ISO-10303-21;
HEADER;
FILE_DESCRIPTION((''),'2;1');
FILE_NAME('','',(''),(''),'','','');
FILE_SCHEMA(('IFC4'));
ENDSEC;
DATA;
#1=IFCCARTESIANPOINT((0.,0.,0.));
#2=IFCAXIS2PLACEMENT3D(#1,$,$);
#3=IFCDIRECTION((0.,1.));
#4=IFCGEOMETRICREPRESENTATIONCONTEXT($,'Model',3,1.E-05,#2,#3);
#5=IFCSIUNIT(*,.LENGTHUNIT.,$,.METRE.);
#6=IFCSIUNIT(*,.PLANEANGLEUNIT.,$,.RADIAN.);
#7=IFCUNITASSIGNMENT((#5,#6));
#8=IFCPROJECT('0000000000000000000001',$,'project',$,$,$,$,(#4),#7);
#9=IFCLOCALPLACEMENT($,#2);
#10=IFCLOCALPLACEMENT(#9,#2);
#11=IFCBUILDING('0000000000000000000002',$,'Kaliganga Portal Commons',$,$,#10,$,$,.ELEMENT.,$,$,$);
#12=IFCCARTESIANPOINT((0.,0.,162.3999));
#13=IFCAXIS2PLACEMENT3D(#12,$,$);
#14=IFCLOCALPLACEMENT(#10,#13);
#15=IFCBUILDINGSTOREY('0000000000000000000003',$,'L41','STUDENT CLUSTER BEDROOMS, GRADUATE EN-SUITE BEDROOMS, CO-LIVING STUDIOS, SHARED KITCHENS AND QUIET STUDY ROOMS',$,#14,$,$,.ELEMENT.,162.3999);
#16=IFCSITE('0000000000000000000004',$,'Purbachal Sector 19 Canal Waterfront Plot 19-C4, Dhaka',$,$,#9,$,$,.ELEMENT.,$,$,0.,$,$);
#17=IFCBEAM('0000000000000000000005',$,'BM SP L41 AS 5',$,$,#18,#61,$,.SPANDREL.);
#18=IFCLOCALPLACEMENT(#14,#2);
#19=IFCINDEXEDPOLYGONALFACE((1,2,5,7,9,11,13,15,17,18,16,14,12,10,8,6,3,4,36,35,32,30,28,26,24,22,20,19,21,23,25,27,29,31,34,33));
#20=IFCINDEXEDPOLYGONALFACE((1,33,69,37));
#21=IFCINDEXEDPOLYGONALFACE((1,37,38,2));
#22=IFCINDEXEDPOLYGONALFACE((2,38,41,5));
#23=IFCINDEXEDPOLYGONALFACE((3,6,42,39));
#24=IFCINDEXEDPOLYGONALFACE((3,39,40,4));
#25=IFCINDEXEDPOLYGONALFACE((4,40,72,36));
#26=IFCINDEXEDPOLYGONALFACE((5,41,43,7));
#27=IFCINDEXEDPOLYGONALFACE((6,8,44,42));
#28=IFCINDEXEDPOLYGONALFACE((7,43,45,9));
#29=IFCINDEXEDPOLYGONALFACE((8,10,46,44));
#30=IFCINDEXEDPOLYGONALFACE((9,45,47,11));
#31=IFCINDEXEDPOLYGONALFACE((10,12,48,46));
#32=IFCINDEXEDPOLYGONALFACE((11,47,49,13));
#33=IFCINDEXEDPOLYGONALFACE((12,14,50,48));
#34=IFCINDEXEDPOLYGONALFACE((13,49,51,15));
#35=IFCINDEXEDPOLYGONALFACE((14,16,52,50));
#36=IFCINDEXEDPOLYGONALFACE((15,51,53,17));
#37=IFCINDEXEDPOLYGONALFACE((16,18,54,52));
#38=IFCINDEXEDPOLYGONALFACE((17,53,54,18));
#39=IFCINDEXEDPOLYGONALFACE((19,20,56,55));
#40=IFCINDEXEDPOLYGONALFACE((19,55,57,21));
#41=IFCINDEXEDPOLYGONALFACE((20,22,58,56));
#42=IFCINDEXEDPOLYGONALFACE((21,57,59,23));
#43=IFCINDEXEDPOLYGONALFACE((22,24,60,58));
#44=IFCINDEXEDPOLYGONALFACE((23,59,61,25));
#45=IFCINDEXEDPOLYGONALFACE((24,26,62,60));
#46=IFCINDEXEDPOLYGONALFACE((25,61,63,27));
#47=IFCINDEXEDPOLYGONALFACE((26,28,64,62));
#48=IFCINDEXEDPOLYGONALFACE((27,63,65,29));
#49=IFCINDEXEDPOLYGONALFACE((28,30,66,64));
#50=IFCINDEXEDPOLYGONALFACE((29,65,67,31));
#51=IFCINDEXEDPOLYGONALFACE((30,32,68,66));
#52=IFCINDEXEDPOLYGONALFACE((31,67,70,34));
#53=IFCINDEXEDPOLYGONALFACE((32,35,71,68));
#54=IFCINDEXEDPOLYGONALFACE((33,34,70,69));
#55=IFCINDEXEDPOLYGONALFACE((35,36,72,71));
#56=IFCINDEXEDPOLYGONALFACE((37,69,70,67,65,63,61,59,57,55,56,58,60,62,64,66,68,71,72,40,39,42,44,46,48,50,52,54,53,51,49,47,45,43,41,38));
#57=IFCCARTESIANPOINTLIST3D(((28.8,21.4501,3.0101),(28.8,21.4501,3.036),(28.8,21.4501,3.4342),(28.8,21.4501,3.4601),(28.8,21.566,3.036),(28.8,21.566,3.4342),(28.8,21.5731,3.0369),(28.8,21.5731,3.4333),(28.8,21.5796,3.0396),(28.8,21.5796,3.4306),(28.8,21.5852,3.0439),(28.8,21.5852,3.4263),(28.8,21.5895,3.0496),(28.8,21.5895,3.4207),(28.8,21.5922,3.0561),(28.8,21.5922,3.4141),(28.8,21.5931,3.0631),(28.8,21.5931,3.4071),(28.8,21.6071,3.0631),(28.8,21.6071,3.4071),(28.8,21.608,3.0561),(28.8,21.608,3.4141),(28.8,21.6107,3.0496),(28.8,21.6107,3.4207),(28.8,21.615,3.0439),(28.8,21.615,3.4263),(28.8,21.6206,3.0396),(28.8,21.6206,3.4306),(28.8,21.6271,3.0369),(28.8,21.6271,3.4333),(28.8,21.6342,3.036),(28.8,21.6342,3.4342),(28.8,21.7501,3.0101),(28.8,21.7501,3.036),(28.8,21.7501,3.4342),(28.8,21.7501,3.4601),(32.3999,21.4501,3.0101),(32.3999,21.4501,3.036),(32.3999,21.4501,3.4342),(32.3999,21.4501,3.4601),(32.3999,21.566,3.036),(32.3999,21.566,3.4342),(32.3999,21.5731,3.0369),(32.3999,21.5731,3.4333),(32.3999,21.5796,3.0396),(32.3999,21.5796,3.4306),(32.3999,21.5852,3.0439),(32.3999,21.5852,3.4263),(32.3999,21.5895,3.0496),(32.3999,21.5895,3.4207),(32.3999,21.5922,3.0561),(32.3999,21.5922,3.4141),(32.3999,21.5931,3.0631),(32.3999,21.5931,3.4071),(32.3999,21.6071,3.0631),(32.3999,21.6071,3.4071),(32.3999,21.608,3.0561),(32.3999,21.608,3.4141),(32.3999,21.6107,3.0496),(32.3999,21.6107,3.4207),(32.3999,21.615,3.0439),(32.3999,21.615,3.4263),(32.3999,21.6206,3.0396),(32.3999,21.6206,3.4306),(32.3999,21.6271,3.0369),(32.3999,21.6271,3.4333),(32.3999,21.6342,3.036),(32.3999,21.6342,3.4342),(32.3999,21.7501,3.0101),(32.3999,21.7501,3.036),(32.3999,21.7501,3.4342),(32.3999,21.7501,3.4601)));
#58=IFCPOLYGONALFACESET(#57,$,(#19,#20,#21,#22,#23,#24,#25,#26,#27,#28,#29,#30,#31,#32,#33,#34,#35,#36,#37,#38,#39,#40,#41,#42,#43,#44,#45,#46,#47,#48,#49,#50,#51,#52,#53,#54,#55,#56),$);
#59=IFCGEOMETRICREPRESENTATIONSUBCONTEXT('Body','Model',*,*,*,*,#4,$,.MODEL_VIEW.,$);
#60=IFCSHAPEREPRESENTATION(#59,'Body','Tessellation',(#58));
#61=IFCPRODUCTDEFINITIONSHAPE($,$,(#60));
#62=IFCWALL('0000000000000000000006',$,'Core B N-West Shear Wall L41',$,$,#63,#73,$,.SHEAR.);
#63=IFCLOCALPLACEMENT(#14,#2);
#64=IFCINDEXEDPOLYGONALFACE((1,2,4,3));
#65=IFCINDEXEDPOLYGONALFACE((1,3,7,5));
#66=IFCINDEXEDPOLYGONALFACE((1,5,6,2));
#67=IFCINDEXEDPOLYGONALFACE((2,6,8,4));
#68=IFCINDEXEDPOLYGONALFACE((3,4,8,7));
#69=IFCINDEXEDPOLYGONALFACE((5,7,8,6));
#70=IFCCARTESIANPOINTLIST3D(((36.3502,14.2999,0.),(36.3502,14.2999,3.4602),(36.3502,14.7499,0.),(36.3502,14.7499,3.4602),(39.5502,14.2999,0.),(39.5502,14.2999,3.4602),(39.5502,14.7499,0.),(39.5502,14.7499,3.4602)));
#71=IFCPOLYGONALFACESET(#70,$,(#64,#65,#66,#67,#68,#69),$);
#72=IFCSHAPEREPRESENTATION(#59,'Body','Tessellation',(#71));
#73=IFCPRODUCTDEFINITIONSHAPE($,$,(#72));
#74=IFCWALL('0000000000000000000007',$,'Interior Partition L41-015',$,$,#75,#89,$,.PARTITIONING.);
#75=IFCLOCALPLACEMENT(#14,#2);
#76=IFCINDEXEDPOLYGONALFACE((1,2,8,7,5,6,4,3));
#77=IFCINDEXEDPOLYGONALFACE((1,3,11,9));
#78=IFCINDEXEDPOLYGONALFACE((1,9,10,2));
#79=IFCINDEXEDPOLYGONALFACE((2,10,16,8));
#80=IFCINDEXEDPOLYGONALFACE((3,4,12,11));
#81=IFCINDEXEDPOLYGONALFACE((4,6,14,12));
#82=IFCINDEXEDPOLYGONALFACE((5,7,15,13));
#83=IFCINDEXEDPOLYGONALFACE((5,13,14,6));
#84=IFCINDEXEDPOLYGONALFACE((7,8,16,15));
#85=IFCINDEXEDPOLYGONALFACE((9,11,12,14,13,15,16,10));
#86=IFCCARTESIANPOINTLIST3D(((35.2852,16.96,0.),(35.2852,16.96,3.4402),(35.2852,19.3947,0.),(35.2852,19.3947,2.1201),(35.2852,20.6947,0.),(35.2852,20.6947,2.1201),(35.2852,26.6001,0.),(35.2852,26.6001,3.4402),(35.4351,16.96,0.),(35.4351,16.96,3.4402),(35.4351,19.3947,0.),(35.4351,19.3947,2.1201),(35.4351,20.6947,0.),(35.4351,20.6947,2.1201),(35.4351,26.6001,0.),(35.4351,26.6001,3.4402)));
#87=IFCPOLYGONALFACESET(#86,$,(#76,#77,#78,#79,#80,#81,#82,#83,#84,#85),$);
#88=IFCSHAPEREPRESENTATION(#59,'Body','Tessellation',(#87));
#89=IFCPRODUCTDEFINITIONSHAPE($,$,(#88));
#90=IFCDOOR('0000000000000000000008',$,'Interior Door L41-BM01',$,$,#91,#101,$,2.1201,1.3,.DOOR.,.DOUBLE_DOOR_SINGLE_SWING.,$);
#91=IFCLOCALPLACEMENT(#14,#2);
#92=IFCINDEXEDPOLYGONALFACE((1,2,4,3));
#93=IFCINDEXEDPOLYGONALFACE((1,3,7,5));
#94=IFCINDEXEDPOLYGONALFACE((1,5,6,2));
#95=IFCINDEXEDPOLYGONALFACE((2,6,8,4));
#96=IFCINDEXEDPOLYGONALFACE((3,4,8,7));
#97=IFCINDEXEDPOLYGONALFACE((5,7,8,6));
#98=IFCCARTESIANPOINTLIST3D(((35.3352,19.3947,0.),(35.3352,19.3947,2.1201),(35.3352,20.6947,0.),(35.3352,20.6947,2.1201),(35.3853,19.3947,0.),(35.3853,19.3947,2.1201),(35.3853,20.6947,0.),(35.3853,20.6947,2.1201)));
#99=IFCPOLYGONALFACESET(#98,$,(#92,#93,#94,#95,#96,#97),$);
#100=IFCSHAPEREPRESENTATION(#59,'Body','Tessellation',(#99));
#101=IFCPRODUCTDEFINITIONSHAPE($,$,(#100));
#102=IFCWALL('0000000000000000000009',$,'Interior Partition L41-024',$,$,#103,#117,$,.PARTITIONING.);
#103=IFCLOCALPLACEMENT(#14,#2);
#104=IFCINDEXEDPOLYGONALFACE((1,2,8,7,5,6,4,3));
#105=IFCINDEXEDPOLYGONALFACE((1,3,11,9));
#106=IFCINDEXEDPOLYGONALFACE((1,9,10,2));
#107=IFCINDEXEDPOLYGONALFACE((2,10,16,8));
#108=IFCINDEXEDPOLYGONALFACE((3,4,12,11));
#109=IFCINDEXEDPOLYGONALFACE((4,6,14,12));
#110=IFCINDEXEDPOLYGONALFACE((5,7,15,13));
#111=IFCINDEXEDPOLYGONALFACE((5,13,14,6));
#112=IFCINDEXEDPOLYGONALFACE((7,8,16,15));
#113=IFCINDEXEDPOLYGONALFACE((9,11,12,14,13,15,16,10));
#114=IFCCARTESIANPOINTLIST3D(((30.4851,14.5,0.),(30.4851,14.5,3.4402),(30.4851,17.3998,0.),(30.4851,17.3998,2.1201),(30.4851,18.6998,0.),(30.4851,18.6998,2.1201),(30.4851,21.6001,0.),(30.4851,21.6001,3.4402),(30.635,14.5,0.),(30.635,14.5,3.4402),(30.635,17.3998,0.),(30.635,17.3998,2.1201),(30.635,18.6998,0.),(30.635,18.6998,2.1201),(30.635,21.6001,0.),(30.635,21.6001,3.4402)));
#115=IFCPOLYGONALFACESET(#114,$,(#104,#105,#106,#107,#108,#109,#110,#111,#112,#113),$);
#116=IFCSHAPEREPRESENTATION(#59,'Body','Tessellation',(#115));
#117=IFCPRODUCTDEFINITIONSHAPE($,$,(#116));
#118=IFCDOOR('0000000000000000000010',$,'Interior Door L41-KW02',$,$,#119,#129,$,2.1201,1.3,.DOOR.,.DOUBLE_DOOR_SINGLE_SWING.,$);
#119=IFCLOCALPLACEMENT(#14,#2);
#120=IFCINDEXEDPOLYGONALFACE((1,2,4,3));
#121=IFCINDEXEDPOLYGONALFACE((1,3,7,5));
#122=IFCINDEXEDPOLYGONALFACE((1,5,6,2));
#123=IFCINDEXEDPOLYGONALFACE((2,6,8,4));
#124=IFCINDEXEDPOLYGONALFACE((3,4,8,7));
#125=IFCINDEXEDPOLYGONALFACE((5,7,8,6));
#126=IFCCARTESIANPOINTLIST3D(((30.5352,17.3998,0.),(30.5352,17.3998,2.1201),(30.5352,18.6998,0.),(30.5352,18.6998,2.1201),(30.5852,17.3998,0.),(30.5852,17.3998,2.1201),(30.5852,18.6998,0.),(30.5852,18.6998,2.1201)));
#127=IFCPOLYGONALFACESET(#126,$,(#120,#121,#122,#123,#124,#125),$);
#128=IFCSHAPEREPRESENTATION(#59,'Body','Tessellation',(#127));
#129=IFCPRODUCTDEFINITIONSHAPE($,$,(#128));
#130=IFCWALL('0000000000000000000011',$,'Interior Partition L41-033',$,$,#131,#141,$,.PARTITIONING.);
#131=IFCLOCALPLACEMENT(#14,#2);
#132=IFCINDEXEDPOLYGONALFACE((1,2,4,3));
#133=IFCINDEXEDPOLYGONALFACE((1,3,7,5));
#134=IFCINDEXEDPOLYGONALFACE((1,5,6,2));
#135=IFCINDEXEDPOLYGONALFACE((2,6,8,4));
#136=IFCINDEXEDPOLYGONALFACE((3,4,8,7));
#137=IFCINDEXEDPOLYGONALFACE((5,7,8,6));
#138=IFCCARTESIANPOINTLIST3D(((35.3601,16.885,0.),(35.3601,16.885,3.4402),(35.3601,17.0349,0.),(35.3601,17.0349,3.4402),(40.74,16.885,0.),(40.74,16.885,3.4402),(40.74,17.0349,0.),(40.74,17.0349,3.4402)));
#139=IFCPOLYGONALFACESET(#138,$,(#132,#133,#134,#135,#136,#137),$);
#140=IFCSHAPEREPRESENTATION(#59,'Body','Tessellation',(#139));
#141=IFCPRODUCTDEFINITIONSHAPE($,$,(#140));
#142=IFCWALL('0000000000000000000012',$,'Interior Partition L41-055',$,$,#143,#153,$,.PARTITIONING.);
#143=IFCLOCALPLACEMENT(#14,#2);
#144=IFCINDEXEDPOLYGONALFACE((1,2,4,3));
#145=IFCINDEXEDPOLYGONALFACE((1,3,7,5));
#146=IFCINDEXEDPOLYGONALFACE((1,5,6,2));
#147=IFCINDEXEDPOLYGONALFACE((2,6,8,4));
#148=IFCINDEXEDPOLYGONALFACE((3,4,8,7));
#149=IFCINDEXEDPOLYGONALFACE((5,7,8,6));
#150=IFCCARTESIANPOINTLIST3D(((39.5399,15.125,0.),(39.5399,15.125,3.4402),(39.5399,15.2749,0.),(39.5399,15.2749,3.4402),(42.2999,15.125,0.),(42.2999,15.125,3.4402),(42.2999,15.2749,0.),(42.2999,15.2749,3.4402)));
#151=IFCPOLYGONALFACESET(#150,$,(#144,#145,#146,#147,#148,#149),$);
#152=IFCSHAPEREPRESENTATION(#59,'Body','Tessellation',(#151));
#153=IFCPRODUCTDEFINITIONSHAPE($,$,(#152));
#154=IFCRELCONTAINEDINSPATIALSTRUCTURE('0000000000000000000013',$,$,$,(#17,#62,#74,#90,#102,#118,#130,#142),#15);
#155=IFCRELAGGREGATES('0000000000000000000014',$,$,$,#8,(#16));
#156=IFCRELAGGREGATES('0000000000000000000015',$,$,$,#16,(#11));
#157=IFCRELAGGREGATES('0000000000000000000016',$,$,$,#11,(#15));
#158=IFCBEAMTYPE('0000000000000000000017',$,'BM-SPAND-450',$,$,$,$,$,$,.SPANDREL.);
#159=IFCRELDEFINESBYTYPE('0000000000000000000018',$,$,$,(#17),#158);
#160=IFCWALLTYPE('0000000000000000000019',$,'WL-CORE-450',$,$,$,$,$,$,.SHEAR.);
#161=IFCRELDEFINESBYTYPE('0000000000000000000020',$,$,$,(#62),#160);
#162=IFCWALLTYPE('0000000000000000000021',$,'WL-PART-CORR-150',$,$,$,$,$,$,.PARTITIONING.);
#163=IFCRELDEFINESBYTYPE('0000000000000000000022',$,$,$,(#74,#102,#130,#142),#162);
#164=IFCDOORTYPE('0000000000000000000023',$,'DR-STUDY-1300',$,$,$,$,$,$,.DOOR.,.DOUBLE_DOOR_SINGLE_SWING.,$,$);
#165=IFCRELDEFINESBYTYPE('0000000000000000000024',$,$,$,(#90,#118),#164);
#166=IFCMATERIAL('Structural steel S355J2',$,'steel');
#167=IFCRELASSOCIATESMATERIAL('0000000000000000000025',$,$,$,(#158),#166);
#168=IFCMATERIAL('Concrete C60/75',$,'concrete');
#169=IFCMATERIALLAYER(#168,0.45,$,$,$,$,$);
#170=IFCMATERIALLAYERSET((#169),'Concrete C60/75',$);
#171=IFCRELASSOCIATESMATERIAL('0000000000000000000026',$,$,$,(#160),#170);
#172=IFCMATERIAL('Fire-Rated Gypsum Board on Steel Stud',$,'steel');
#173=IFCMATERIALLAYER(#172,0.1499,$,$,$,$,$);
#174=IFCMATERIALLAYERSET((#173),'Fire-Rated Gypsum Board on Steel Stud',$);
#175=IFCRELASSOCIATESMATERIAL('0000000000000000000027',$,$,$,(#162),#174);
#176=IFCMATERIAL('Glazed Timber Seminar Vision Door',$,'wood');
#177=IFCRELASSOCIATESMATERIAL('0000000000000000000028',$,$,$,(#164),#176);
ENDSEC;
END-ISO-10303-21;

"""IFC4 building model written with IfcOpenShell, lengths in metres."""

from ifc_helpers import new_model, si_unit, direction, frame, frame_2d, origin, origin_2d, place, context, subcontext, project, spatial, rectangle, i_section, extrude, source, transform, mapped, material, layer, layer_set, material_profile, profile_set, type_object, element, fill, save


model = new_model("IFC4")

# Units and contexts
model_context = context("Model", 3, precision=1e-05, world=origin(), true_north=direction((0.0, 1.0)))
body_context = subcontext(model_context, "Body", "Model", "MODEL_VIEW")
ifc_project = project(units=[si_unit("LENGTHUNIT", "METRE"), si_unit("PLANEANGLEUNIT", "RADIAN")], contexts=[model_context])

# Site, building, storey
site_placement = place(None, origin())
site = spatial("IfcSite", under=ifc_project, at=site_placement, Name="Purbachal Sector 19 Canal Waterfront Plot 19-C4, Dhaka", CompositionType="ELEMENT", RefElevation=0.0)
building_placement = place(site_placement, origin())
building = spatial("IfcBuilding", under=site, at=building_placement, Name="Kaliganga Portal Commons", CompositionType="ELEMENT")
storey_placement = place(building_placement, frame((0.0, 0.0, 162.3999)))
storey = spatial("IfcBuildingStorey", under=building, at=storey_placement, Name="L41", Description="STUDENT CLUSTER BEDROOMS, GRADUATE EN-SUITE BEDROOMS, CO-LIVING STUDIOS, SHARED KITCHENS AND QUIET STUDY ROOMS", CompositionType="ELEMENT", Elevation=162.3999)

# Shared definitions
ifc_material_1 = material(Name="Concrete C60/75", Category="concrete")

# Beam
ifc_material_2 = material(Name="Structural steel S355J2", Category="steel")
ifc_material_profile_1 = material_profile(ifc_material_2, i_section(OverallWidth=0.3, OverallDepth=0.45, WebThickness=0.0139, FlangeThickness=0.0259, FilletRadius=0.0271, at=origin_2d()), Name="HE 450 B")
ifc_profile_set_1 = profile_set([ifc_material_profile_1], Name="Structural steel S355J2 wide-flange")
beam_type_1 = type_object("IfcBeamType", Name="BM-SPAND-450", PredefinedType="SPANDREL", material=ifc_profile_set_1)
shared_shape_1 = source(origin(), body_context, "Body", "SweptSolid", [
    extrude(i_section(OverallWidth=0.3, OverallDepth=0.45, WebThickness=0.0139, FlangeThickness=0.0259, FilletRadius=0.0271, at=origin_2d()), origin(), (0.0, 0.0, 1.0), 3.5999),
])
beam_1_placement = place(storey_placement, frame((28.8, 21.6001, 3.2351), z_axis=(1.0, 0.0, 0.0), x_axis=(0.0, 1.0, 0.0)))
element("IfcBeam", 1, at=beam_1_placement, inside=storey, type_object=beam_type_1, Name="BM SP L41 AS 5", PredefinedType="SPANDREL", context=body_context, shape_type="MappedRepresentation", body=[
    mapped(shared_shape_1, transform((0.0, 0.0, 0.0), x_axis=(1.0, 0.0, 0.0), y_axis=(0.0, 1.0, 0.0), z_axis=(0.0, 0.0, 1.0), scale=1.0)),
])

# Wall
ifc_layer_1 = layer(ifc_material_1, 0.45)
ifc_layer_set_1 = layer_set([ifc_layer_1], Name="Concrete C60/75")
wall_type_1 = type_object("IfcWallType", Name="WL-CORE-450", PredefinedType="SHEAR", material=ifc_layer_set_1)
wall_1_placement = place(storey_placement, frame((36.3501, 14.5249, 0.0), z_axis=(0.0, 0.0, 1.0), x_axis=(1.0, 0.0, 0.0)))
element("IfcWall", 2, at=wall_1_placement, inside=storey, type_object=wall_type_1, Name="Core B N-West Shear Wall L41", PredefinedType="SHEAR", context=body_context, shape_type="SweptSolid", body=[
    extrude(rectangle(XDim=3.2, YDim=0.45, at=frame_2d((1.6001, 0.0))), origin(), (0.0, 0.0, 1.0), 3.4602),
])

# Walls, openings, doors
ifc_material_3 = material(Name="Fire-Rated Gypsum Board on Steel Stud", Category="steel")
ifc_layer_2 = layer(ifc_material_3, 0.1499)
ifc_layer_set_2 = layer_set([ifc_layer_2], Name="Fire-Rated Gypsum Board on Steel Stud")
wall_type_2 = type_object("IfcWallType", Name="WL-PART-CORR-150", PredefinedType="PARTITIONING", material=ifc_layer_set_2)
wall_2_placement = place(storey_placement, frame((35.3601, 16.96, 0.0), z_axis=(0.0, 0.0, 1.0), x_axis=(0.0, 1.0, 0.0)))
wall_2 = element("IfcWall", 3, at=wall_2_placement, inside=storey, type_object=wall_type_2, Name="Interior Partition L41-015", PredefinedType="PARTITIONING", context=body_context, shape_type="SweptSolid", body=[
    extrude(rectangle(XDim=9.6401, YDim=0.1499, at=frame_2d((4.8201, 0.0))), origin(), (0.0, 0.0, 1.0), 3.4402),
])
opening_1_placement = place(wall_2_placement, frame((2.4348, 0.0, 0.0)))
opening_1 = element("IfcOpeningElement", 4, at=opening_1_placement, cuts=wall_2, PredefinedType="OPENING", context=body_context, shape_type="SweptSolid", body=[
    extrude(rectangle(XDim=1.3, YDim=2.1201, at=frame_2d((0.6499, 1.0601))), frame((0.0, 0.085, 0.0), z_axis=(0.0, -1.0, 0.0), x_axis=(1.0, 0.0, 0.0)), (0.0, 0.0, 1.0), 0.1699),
])
ifc_material_4 = material(Name="Glazed Timber Seminar Vision Door", Category="wood")
door_type_1 = type_object("IfcDoorType", Name="DR-STUDY-1300", OperationType="DOUBLE_DOOR_SINGLE_SWING", PredefinedType="DOOR", material=ifc_material_4)
door_1_placement = place(opening_1_placement, origin())
door_1 = element("IfcDoor", 5, at=door_1_placement, inside=storey, type_object=door_type_1, Name="Interior Door L41-BM01", OperationType="DOUBLE_DOOR_SINGLE_SWING", OverallHeight=2.1201, OverallWidth=1.3, PredefinedType="DOOR", context=body_context, shape_type="SweptSolid", body=[
    extrude(rectangle(XDim=1.3, YDim=2.1201, at=frame_2d((0.6499, 1.0601))), frame((0.0, 0.0249, 0.0), z_axis=(0.0, -1.0, 0.0), x_axis=(1.0, 0.0, 0.0)), (0.0, 0.0, 1.0), 0.05),
])
fill(opening_1, door_1)
wall_3_placement = place(storey_placement, frame((30.5601, 14.5, 0.0), z_axis=(0.0, 0.0, 1.0), x_axis=(0.0, 1.0, 0.0)))
wall_3 = element("IfcWall", 6, at=wall_3_placement, inside=storey, type_object=wall_type_2, Name="Interior Partition L41-024", PredefinedType="PARTITIONING", context=body_context, shape_type="SweptSolid", body=[
    extrude(rectangle(XDim=7.1001, YDim=0.1499, at=frame_2d((3.55, 0.0))), origin(), (0.0, 0.0, 1.0), 3.4402),
])
opening_2_placement = place(wall_3_placement, frame((2.8999, 0.0, 0.0)))
opening_2 = element("IfcOpeningElement", 7, at=opening_2_placement, cuts=wall_3, PredefinedType="OPENING", context=body_context, shape_type="SweptSolid", body=[
    extrude(rectangle(XDim=1.3, YDim=2.1201, at=frame_2d((0.6499, 1.0601))), frame((0.0, 0.085, 0.0), z_axis=(0.0, -1.0, 0.0), x_axis=(1.0, 0.0, 0.0)), (0.0, 0.0, 1.0), 0.1699),
])
door_2_placement = place(opening_2_placement, origin())
door_2 = element("IfcDoor", 8, at=door_2_placement, inside=storey, type_object=door_type_1, Name="Interior Door L41-KW02", OperationType="DOUBLE_DOOR_SINGLE_SWING", OverallHeight=2.1201, OverallWidth=1.3, PredefinedType="DOOR", context=body_context, shape_type="SweptSolid", body=[
    extrude(rectangle(XDim=1.3, YDim=2.1201, at=frame_2d((0.6499, 1.0601))), frame((0.0, 0.0249, 0.0), z_axis=(0.0, -1.0, 0.0), x_axis=(1.0, 0.0, 0.0)), (0.0, 0.0, 1.0), 0.05),
])
fill(opening_2, door_2)

# Wall
wall_4_placement = place(storey_placement, frame((35.3601, 16.96, 0.0), z_axis=(0.0, 0.0, 1.0), x_axis=(1.0, 0.0, 0.0)))
element("IfcWall", 9, at=wall_4_placement, inside=storey, type_object=wall_type_2, Name="Interior Partition L41-033", PredefinedType="PARTITIONING", context=body_context, shape_type="SweptSolid", body=[
    extrude(rectangle(XDim=5.3799, YDim=0.1499, at=frame_2d((2.6899, 0.0))), origin(), (0.0, 0.0, 1.0), 3.4402),
])

# Wall
wall_5_placement = place(storey_placement, frame((39.54, 15.2, 0.0), z_axis=(0.0, 0.0, 1.0), x_axis=(1.0, 0.0, 0.0)))
element("IfcWall", 10, at=wall_5_placement, inside=storey, type_object=wall_type_2, Name="Interior Partition L41-055", PredefinedType="PARTITIONING", context=body_context, shape_type="SweptSolid", body=[
    extrude(rectangle(XDim=2.76, YDim=0.1499, at=frame_2d((1.3799, 0.0))), origin(), (0.0, 0.0, 1.0), 3.4402),
])

save(model, "model.ifc")
